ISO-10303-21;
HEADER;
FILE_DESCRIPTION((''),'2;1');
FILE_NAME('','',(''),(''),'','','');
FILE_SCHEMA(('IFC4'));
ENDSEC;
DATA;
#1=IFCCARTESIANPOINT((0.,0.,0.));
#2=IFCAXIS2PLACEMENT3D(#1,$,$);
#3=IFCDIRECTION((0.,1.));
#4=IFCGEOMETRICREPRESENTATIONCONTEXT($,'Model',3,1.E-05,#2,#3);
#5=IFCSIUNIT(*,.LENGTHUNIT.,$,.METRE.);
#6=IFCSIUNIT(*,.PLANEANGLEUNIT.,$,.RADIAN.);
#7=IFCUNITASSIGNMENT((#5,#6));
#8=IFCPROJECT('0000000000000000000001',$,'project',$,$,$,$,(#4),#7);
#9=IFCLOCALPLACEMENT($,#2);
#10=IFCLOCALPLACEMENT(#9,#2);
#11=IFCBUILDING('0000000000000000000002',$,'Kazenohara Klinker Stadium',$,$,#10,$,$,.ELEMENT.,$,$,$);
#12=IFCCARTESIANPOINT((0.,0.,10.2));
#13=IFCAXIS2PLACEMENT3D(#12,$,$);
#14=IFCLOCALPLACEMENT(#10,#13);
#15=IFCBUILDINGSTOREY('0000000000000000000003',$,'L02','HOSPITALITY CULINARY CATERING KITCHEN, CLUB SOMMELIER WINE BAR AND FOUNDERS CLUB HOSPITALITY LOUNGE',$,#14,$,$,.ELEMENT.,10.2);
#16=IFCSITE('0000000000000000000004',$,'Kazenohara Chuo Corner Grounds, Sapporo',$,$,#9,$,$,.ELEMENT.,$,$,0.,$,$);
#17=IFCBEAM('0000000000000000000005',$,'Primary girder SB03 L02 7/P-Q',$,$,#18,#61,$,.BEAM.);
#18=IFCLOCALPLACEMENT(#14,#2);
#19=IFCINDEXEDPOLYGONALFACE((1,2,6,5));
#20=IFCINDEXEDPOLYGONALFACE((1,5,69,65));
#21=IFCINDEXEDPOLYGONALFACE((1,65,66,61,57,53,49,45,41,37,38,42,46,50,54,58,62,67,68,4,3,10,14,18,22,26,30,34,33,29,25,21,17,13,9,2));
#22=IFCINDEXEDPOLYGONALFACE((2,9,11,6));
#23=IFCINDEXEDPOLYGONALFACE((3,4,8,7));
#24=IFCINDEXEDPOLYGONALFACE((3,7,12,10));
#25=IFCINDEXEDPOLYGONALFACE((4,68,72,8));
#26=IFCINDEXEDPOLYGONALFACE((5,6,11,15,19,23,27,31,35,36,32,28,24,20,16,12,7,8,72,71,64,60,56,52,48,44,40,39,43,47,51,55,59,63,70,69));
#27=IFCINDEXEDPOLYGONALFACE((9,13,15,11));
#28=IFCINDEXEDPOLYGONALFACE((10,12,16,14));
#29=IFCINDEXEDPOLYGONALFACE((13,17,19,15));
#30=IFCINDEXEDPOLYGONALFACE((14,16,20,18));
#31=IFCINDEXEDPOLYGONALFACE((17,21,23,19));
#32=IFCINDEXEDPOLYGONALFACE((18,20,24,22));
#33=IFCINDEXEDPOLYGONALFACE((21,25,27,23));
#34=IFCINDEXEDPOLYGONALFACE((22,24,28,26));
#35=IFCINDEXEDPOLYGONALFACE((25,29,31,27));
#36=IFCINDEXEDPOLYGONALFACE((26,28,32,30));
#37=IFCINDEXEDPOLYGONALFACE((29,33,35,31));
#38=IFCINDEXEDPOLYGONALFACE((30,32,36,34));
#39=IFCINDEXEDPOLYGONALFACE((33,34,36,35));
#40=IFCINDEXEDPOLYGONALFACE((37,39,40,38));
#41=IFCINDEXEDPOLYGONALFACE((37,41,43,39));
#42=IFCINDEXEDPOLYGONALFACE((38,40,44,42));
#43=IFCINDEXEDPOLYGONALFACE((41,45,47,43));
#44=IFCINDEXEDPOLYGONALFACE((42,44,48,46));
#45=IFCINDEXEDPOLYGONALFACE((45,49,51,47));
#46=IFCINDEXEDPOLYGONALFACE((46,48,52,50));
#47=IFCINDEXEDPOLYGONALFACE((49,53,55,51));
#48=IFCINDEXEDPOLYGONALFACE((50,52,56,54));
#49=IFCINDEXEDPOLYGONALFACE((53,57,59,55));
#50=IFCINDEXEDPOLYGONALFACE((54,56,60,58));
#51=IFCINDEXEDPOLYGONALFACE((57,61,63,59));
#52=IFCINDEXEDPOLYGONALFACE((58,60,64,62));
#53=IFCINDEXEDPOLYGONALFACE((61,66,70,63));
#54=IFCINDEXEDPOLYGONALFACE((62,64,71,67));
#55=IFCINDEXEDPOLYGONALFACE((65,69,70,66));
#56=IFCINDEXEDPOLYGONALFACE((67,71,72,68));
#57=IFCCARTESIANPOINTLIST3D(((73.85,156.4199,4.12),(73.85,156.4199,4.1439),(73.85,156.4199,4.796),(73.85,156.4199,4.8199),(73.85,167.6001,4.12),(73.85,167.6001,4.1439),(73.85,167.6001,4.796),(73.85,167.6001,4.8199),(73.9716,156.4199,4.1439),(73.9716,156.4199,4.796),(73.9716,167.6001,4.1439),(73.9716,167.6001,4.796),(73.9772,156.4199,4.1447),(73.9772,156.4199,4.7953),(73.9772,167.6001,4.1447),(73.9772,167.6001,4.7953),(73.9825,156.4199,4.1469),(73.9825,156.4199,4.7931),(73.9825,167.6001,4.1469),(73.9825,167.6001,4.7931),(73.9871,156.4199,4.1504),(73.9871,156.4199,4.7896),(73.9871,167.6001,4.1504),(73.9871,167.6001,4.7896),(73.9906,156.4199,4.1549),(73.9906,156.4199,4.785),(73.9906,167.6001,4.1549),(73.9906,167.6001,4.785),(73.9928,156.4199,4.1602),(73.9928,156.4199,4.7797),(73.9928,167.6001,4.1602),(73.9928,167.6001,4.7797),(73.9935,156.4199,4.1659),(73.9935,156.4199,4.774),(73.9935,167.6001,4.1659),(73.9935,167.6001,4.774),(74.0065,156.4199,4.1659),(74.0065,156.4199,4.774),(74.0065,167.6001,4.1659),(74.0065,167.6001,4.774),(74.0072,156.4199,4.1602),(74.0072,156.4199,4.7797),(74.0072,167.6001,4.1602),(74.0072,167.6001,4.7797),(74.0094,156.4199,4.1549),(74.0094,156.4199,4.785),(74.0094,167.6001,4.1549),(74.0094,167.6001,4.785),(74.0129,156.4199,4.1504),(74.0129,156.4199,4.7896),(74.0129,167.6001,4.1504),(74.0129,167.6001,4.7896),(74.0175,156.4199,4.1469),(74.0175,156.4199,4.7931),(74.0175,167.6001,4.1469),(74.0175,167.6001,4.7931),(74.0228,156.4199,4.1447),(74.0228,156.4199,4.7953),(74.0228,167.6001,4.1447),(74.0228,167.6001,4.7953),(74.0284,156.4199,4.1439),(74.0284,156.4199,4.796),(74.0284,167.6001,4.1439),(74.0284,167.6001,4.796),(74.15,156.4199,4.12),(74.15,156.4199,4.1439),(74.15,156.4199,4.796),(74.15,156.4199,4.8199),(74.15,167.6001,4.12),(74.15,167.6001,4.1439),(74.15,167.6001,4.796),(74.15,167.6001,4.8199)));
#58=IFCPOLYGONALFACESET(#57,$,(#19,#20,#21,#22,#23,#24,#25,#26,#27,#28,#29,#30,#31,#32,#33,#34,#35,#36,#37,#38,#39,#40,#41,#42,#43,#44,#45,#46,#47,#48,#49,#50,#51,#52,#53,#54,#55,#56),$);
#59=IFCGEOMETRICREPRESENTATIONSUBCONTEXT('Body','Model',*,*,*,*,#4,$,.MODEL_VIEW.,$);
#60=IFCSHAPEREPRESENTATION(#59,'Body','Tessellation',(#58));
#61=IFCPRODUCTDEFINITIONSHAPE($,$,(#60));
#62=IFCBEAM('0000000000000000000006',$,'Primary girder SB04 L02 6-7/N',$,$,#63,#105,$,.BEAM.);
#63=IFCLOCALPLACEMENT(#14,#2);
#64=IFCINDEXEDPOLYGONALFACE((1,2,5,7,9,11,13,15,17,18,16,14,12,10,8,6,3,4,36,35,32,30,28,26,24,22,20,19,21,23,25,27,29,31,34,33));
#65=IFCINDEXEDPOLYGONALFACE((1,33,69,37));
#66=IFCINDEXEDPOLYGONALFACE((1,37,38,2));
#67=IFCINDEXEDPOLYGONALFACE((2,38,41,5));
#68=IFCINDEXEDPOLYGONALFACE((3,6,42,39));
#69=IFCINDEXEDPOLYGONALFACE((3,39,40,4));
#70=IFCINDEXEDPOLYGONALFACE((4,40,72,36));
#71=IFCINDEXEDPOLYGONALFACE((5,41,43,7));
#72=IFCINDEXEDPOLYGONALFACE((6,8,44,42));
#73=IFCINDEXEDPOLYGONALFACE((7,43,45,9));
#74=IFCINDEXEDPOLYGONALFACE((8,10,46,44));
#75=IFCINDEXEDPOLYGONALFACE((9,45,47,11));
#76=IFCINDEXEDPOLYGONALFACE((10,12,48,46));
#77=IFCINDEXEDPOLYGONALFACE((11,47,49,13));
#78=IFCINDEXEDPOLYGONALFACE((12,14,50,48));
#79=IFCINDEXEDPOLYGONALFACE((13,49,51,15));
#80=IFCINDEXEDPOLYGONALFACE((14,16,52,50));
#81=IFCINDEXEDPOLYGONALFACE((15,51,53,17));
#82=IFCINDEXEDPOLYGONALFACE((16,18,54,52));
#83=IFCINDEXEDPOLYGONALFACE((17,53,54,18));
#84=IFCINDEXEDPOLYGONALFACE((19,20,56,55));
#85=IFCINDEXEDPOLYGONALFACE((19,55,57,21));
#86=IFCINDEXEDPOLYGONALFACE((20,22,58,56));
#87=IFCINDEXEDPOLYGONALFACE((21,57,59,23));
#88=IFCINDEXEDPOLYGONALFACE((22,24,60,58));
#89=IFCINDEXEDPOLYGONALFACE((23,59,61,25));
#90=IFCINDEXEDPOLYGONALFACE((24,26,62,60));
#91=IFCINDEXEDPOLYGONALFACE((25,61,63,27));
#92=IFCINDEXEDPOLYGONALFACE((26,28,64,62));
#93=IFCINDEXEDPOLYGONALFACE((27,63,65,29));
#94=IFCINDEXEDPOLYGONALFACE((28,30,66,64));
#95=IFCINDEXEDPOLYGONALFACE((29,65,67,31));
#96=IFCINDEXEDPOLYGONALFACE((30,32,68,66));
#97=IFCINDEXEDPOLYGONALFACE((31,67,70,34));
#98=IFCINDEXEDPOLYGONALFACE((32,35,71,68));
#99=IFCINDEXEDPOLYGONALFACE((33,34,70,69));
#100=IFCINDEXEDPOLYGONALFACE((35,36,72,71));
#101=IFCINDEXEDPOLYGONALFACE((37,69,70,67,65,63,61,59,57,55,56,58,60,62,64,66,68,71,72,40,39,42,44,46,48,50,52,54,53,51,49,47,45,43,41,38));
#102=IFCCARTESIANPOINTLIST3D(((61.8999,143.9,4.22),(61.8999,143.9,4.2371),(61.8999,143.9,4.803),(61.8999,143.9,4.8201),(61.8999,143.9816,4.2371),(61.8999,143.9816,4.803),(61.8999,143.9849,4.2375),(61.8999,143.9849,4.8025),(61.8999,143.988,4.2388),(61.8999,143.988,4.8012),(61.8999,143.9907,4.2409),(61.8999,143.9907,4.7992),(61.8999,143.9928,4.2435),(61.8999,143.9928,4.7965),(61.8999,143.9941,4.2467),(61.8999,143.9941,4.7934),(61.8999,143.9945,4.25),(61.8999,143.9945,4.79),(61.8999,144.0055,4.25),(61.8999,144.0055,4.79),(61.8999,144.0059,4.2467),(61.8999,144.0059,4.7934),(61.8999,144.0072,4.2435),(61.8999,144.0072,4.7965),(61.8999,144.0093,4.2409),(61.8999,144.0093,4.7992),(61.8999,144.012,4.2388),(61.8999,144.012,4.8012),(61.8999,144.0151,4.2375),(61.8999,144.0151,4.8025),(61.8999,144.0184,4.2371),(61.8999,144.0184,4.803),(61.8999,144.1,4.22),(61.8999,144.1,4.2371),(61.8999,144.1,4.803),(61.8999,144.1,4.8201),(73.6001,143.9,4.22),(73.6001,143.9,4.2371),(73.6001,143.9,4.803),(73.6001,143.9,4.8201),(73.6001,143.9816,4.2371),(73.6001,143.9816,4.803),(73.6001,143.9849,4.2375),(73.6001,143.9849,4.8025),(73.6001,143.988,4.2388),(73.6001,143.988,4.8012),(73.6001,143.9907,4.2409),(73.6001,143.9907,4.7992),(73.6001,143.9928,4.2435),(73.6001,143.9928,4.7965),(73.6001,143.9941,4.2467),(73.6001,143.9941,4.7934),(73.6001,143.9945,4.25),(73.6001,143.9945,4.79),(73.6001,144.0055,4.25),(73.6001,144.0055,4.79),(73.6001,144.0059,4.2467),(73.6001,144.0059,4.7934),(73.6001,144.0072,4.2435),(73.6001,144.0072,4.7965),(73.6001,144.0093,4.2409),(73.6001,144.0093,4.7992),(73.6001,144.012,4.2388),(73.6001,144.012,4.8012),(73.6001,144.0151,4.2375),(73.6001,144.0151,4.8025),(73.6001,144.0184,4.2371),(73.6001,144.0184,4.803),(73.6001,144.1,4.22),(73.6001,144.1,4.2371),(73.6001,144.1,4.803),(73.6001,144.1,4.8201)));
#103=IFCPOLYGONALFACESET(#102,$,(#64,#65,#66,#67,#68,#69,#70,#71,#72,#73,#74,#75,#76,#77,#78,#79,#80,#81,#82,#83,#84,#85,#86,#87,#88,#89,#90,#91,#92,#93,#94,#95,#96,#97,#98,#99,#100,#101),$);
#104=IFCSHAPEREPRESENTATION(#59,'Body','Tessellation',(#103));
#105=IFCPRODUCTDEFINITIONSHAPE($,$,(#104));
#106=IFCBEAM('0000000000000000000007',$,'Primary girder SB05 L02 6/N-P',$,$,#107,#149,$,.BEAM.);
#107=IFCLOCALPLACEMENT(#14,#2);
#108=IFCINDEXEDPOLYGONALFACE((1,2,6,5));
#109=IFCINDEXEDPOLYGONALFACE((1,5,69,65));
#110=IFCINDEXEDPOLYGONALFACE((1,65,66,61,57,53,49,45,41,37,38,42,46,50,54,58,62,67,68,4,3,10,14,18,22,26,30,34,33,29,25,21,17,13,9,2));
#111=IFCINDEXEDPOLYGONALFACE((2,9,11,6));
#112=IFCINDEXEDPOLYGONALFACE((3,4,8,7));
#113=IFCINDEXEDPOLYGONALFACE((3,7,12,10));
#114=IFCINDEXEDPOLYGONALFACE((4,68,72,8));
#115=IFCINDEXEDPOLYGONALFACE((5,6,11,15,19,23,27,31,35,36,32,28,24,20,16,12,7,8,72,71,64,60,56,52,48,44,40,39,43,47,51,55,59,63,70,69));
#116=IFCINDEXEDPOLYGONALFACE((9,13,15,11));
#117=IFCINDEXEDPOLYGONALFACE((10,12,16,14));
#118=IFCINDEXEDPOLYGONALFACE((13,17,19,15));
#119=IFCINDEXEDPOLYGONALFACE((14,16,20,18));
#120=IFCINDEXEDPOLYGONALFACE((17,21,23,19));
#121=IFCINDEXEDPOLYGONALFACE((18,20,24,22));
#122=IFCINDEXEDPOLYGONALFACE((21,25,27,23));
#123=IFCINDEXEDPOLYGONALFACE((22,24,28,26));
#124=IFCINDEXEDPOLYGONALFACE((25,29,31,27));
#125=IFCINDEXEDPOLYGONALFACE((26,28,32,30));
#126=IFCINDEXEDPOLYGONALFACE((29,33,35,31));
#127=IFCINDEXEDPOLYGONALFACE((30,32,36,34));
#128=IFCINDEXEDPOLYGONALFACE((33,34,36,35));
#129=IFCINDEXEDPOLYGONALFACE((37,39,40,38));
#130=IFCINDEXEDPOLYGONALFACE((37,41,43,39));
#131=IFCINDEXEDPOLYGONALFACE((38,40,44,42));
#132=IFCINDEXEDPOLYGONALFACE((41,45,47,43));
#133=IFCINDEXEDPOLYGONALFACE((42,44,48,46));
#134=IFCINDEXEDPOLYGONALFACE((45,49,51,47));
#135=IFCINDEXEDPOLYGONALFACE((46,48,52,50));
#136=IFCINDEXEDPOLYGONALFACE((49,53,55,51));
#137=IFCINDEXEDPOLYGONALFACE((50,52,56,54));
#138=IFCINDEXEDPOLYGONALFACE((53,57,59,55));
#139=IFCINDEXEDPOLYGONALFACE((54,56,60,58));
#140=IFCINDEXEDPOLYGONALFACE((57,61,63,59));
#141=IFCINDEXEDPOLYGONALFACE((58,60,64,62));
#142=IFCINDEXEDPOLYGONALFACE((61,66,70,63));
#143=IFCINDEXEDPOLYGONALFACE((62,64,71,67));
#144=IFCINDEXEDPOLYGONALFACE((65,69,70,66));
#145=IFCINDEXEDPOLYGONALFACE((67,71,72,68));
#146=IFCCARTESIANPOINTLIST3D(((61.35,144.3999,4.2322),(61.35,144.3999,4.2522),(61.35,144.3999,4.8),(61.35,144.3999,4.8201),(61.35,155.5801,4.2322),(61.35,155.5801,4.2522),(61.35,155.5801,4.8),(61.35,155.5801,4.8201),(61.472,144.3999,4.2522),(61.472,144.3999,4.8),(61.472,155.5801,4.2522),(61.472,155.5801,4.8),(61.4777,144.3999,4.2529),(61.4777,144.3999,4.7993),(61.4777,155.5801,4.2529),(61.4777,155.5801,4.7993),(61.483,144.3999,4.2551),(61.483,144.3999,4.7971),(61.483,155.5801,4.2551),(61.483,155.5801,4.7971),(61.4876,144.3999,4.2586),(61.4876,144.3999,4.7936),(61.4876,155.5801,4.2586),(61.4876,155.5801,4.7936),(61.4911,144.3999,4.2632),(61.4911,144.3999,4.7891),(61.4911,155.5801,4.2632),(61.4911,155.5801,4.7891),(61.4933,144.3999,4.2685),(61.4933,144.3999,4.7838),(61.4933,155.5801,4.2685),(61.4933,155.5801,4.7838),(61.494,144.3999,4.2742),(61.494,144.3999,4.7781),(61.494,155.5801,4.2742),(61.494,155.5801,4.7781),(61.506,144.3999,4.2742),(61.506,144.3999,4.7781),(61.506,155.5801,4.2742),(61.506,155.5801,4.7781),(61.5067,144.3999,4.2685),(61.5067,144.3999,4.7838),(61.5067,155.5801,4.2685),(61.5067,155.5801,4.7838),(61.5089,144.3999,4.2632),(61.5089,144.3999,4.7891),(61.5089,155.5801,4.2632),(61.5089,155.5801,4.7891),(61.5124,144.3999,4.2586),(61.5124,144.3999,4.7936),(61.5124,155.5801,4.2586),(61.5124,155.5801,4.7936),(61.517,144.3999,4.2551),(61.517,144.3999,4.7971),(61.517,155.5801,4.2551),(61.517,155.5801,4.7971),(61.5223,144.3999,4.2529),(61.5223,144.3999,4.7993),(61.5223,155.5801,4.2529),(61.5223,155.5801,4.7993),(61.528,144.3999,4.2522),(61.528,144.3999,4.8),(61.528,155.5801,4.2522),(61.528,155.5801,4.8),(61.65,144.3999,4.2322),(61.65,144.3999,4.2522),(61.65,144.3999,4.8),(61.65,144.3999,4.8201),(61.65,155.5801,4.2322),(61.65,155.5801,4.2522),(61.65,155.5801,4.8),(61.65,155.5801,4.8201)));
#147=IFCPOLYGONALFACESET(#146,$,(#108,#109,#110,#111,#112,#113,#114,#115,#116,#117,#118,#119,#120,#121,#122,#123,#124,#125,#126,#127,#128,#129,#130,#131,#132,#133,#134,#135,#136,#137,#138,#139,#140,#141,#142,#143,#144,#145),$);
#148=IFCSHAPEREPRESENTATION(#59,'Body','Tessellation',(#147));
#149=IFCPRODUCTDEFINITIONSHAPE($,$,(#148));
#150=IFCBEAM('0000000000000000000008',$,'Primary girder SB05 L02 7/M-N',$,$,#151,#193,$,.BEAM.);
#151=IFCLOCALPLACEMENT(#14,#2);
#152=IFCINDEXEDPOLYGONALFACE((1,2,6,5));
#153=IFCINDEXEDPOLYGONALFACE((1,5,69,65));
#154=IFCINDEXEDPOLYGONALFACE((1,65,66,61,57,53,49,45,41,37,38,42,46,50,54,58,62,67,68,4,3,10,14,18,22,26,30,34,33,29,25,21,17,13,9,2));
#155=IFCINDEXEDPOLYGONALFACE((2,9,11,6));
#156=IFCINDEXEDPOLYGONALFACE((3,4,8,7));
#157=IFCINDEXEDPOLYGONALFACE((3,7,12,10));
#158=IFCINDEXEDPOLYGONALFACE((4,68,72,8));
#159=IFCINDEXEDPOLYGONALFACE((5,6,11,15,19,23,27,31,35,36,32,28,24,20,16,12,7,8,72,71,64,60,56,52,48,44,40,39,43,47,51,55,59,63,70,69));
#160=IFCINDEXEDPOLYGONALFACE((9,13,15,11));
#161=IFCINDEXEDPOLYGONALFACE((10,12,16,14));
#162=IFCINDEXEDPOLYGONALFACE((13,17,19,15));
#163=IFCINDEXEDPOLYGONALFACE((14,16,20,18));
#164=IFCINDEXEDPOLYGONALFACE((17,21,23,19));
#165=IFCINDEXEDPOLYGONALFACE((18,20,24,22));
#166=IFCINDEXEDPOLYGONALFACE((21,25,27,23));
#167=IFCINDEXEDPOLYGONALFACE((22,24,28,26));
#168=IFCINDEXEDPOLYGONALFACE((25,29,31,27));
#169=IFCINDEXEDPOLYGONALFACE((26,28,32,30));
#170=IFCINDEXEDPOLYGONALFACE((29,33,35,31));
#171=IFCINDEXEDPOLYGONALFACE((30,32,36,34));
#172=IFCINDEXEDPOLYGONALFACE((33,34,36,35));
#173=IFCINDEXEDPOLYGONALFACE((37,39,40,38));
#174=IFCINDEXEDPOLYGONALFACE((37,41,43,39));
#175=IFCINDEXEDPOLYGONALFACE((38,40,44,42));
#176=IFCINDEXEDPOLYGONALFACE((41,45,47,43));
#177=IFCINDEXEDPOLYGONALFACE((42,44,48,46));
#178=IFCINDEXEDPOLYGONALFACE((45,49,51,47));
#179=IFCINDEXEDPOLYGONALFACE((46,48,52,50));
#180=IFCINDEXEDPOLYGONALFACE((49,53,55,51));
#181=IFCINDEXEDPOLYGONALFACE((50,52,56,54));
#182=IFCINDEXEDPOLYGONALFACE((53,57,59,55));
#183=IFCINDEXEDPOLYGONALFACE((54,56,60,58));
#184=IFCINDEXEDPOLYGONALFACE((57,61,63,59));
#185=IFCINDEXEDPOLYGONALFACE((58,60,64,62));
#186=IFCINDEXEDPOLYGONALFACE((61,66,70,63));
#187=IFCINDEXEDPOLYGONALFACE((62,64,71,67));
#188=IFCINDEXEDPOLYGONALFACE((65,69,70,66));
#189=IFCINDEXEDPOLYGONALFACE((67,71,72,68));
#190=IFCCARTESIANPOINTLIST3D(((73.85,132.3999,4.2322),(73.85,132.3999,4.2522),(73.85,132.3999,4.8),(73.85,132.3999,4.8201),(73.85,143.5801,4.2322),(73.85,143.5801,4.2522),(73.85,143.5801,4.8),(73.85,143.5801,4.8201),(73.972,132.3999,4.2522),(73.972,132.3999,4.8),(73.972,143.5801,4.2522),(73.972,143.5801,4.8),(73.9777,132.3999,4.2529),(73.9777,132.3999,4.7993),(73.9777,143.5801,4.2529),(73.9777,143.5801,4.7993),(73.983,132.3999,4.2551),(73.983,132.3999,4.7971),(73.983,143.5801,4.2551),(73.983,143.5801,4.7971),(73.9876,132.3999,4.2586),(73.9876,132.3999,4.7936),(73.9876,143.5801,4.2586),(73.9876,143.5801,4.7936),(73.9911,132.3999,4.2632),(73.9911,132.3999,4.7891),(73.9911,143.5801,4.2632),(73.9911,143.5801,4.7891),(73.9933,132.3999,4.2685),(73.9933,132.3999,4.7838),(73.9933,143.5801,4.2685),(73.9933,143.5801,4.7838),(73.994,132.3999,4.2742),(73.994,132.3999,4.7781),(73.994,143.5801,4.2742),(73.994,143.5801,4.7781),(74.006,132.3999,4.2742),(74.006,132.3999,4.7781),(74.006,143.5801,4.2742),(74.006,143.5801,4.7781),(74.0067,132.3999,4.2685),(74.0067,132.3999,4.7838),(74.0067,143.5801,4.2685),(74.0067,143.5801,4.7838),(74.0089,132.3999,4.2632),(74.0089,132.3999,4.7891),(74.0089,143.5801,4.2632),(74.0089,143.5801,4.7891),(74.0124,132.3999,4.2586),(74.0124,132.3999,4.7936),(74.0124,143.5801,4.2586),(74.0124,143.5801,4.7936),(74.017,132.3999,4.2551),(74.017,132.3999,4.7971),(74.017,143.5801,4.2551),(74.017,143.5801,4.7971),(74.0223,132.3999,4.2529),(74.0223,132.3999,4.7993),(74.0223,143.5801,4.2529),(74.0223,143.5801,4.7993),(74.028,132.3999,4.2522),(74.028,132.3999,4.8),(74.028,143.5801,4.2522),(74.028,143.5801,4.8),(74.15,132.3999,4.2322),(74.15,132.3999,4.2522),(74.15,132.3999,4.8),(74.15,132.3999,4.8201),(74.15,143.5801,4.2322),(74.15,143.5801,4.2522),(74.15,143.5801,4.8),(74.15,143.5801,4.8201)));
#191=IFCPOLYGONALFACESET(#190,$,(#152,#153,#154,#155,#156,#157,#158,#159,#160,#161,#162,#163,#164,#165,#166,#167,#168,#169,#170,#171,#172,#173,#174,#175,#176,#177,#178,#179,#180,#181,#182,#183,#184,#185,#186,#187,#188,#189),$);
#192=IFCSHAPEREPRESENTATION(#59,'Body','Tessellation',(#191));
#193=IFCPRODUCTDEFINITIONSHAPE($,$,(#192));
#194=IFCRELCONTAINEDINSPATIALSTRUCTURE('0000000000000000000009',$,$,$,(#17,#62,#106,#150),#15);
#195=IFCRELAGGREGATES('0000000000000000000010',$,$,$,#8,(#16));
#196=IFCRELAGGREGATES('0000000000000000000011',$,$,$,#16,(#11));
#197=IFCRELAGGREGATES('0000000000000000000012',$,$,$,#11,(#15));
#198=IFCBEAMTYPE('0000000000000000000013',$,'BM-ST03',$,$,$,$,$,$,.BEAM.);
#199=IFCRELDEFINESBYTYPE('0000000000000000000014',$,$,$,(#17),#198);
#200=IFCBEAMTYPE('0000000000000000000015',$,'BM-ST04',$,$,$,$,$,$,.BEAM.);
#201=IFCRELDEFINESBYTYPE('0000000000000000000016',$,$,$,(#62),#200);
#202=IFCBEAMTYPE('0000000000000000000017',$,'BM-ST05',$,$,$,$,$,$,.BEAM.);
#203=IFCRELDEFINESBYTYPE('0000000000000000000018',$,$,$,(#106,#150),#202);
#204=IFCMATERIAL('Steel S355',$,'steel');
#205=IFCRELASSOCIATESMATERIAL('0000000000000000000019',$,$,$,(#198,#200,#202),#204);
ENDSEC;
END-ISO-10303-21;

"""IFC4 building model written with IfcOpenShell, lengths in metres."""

from ifc_helpers import new_model, si_unit, direction, frame, origin, origin_2d, place, context, subcontext, project, spatial, i_section, extrude, material, material_profile, profile_set, type_object, element, save


model = new_model("IFC4")

# Units and contexts
model_context = context("Model", 3, precision=1e-05, world=origin(), true_north=direction((0.0, 1.0)))
body_context = subcontext(model_context, "Body", "Model", "MODEL_VIEW")
ifc_project = project(units=[si_unit("LENGTHUNIT", "METRE"), si_unit("PLANEANGLEUNIT", "RADIAN")], contexts=[model_context])

# Site, building, storey
site_placement = place(None, origin())
site = spatial("IfcSite", under=ifc_project, at=site_placement, Name="Kazenohara Chuo Corner Grounds, Sapporo", CompositionType="ELEMENT", RefElevation=0.0)
building_placement = place(site_placement, origin())
building = spatial("IfcBuilding", under=site, at=building_placement, Name="Kazenohara Klinker Stadium", CompositionType="ELEMENT")
storey_placement = place(building_placement, frame((0.0, 0.0, 10.2)))
storey = spatial("IfcBuildingStorey", under=building, at=storey_placement, Name="L02", Description="HOSPITALITY CULINARY CATERING KITCHEN, CLUB SOMMELIER WINE BAR AND FOUNDERS CLUB HOSPITALITY LOUNGE", CompositionType="ELEMENT", Elevation=10.2)

# Beams
ifc_material_1 = material(Name="Steel S355", Category="steel")
ifc_material_profile_1 = material_profile(ifc_material_1, i_section(OverallWidth=0.3, OverallDepth=0.7, WebThickness=0.0129, FlangeThickness=0.0239, FilletRadius=0.022, at=origin_2d()), Name="H-700x300x13x24")
ifc_profile_set_1 = profile_set([ifc_material_profile_1], Name="Steel S355")
beam_type_1 = type_object("IfcBeamType", Name="BM-ST03", PredefinedType="BEAM", material=ifc_profile_set_1)
for number, where, z_axis, x_axis, name in (
    (1, (74.0, 156.4199, 4.47), (0.0, 1.0, 0.0), (-1.0, 0.0, 0.0), "Primary girder SB03 L02 7/P-Q"),
):
    element("IfcBeam", number, at=place(storey_placement, frame(where, z_axis=z_axis, x_axis=x_axis)), inside=storey, type_object=beam_type_1, Name=name, PredefinedType="BEAM", context=body_context, shape_type="SweptSolid", body=[
        extrude(i_section(OverallWidth=0.3, OverallDepth=0.7, WebThickness=0.0129, FlangeThickness=0.0239, FilletRadius=0.022, at=origin_2d()), origin(), (0.0, 0.0, 1.0), 11.1802),
    ])
ifc_material_profile_2 = material_profile(ifc_material_1, i_section(OverallWidth=0.2, OverallDepth=0.6001, WebThickness=0.011, FlangeThickness=0.0171, FilletRadius=0.0129, at=origin_2d()), Name="H-600x200x11x17")
ifc_profile_set_2 = profile_set([ifc_material_profile_2], Name="Steel S355")
beam_type_2 = type_object("IfcBeamType", Name="BM-ST04", PredefinedType="BEAM", material=ifc_profile_set_2)
beam_1_placement = place(storey_placement, frame((61.8999, 144.0, 4.52), z_axis=(1.0, 0.0, 0.0), x_axis=(0.0, 1.0, 0.0)))
element("IfcBeam", 2, at=beam_1_placement, inside=storey, type_object=beam_type_2, Name="Primary girder SB04 L02 6-7/N", PredefinedType="BEAM", context=body_context, shape_type="SweptSolid", body=[
    extrude(i_section(OverallWidth=0.2, OverallDepth=0.6001, WebThickness=0.011, FlangeThickness=0.0171, FilletRadius=0.0129, at=origin_2d()), origin(), (0.0, 0.0, 1.0), 11.7002),
])
ifc_material_profile_3 = material_profile(ifc_material_1, i_section(OverallWidth=0.3, OverallDepth=0.5879, WebThickness=0.012, FlangeThickness=0.02, FilletRadius=0.022, at=origin_2d()), Name="H-588x300x12x20")
ifc_profile_set_3 = profile_set([ifc_material_profile_3], Name="Steel S355")
beam_type_3 = type_object("IfcBeamType", Name="BM-ST05", PredefinedType="BEAM", material=ifc_profile_set_3)
for number, where, z_axis, x_axis, name in (
    (3, (61.5, 144.3999, 4.5261), (0.0, 1.0, 0.0), (-1.0, 0.0, 0.0), "Primary girder SB05 L02 6/N-P"),
    (4, (74.0, 132.3999, 4.5261), (0.0, 1.0, 0.0), (-1.0, 0.0, 0.0), "Primary girder SB05 L02 7/M-N"),
):
    element("IfcBeam", number, at=place(storey_placement, frame(where, z_axis=z_axis, x_axis=x_axis)), inside=storey, type_object=beam_type_3, Name=name, PredefinedType="BEAM", context=body_context, shape_type="SweptSolid", body=[
        extrude(i_section(OverallWidth=0.3, OverallDepth=0.5879, WebThickness=0.012, FlangeThickness=0.02, FilletRadius=0.022, at=origin_2d()), origin(), (0.0, 0.0, 1.0), 11.1802),
    ])

save(model, "model.ifc")
